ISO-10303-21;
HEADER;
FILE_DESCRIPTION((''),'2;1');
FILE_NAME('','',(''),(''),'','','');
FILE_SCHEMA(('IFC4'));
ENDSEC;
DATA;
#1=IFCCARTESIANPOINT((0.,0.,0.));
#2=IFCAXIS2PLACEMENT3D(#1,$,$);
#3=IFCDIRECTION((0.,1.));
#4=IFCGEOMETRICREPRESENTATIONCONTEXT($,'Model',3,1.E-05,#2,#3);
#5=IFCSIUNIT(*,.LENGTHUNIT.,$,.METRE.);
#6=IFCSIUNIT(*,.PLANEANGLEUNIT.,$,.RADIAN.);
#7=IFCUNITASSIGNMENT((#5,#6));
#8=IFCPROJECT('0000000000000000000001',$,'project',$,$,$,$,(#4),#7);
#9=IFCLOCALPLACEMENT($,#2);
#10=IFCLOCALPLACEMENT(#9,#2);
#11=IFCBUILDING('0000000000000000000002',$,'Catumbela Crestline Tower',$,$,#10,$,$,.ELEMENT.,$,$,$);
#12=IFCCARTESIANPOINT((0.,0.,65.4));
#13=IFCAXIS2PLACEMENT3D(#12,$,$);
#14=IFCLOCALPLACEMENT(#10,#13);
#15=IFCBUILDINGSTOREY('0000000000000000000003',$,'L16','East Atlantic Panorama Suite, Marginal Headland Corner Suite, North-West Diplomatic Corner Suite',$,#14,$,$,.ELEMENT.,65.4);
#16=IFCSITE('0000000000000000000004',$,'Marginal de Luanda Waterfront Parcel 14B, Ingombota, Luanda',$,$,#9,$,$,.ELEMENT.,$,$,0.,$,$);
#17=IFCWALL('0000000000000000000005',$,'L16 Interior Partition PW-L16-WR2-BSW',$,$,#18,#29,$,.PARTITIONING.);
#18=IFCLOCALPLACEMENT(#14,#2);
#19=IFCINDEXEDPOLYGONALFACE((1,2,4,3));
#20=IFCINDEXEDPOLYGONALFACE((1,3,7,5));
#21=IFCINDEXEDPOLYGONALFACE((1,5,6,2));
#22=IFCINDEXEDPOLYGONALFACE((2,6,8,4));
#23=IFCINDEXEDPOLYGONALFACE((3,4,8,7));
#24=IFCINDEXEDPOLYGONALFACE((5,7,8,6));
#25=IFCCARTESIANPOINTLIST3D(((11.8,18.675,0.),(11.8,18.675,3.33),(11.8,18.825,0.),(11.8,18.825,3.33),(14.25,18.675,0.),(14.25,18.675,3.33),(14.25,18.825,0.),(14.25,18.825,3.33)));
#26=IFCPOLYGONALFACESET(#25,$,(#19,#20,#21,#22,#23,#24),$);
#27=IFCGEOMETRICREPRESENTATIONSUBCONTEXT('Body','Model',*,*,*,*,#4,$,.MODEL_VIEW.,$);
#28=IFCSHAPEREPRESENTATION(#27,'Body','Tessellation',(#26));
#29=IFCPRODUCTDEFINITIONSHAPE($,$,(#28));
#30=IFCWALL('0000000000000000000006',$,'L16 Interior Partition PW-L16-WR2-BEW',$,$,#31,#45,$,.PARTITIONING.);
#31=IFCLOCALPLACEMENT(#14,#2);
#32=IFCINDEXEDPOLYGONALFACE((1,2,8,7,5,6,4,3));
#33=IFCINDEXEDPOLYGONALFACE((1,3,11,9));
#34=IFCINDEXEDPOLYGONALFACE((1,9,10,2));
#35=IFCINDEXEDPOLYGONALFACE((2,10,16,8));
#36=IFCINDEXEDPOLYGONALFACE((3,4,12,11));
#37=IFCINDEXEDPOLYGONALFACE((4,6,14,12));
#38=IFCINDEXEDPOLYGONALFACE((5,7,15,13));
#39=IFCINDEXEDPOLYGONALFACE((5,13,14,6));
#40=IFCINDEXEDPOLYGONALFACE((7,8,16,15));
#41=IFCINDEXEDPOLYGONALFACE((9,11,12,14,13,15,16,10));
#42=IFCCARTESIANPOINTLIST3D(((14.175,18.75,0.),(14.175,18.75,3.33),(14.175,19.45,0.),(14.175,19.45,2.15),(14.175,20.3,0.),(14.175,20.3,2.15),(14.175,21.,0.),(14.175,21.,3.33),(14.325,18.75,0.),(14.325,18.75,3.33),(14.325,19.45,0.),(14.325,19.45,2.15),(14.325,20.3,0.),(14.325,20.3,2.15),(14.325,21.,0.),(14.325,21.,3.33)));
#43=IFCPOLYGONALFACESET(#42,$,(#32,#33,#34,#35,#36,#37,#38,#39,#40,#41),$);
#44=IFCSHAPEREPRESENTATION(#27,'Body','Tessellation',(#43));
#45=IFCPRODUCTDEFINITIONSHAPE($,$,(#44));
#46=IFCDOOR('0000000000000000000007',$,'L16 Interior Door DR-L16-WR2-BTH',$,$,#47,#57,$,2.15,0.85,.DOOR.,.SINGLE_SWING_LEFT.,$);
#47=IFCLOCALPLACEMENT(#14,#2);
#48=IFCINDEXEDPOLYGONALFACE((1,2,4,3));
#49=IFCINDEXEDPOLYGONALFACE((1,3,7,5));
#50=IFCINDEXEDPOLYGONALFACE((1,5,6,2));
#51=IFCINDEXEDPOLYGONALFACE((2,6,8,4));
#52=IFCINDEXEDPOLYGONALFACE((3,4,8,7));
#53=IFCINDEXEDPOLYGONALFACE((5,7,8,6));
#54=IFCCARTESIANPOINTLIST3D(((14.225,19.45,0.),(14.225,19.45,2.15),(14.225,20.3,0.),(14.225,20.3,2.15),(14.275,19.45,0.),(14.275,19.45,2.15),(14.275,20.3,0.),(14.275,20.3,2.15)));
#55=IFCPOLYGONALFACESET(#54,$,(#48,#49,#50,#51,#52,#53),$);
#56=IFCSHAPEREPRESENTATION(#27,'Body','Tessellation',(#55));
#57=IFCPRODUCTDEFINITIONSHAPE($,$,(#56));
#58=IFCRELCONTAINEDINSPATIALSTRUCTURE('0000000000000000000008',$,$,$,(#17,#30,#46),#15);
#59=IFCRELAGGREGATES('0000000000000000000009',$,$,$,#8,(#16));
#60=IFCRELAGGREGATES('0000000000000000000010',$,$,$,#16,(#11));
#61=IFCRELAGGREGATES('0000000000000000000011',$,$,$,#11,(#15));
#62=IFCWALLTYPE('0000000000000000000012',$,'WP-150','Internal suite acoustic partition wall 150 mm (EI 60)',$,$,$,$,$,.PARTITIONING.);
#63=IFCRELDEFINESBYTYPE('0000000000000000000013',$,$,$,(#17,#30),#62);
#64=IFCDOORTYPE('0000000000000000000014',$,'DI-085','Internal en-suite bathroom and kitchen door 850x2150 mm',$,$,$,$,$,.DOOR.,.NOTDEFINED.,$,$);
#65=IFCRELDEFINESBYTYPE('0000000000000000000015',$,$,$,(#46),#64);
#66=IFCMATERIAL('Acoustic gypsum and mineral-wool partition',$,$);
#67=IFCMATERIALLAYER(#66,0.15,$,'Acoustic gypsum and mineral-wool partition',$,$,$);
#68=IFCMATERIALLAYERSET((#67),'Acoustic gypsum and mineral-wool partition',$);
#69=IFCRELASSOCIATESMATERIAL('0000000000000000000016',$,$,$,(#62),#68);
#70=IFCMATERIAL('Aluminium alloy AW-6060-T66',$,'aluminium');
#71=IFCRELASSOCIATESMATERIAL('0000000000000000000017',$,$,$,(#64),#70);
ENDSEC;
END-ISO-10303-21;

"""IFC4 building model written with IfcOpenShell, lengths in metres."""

from ifc_helpers import new_model, si_unit, direction, frame, frame_2d, origin, place, context, subcontext, project, spatial, rectangle, extrude, material, layer, layer_set, type_object, element, fill, save


model = new_model("IFC4")

# Units and contexts
model_context = context("Model", 3, precision=1e-05, world=origin(), true_north=direction((0.0, 1.0)))
body_context = subcontext(model_context, "Body", "Model", "MODEL_VIEW")
ifc_project = project(units=[si_unit("LENGTHUNIT", "METRE"), si_unit("PLANEANGLEUNIT", "RADIAN")], contexts=[model_context])

# Site, building, storey
site_placement = place(None, origin())
site = spatial("IfcSite", under=ifc_project, at=site_placement, Name="Marginal de Luanda Waterfront Parcel 14B, Ingombota, Luanda", CompositionType="ELEMENT", RefElevation=0.0)
building_placement = place(site_placement, origin())
building = spatial("IfcBuilding", under=site, at=building_placement, Name="Catumbela Crestline Tower", CompositionType="ELEMENT")
storey_placement = place(building_placement, frame((0.0, 0.0, 65.4)))
storey = spatial("IfcBuildingStorey", under=building, at=storey_placement, Name="L16", Description="East Atlantic Panorama Suite, Marginal Headland Corner Suite, North-West Diplomatic Corner Suite", CompositionType="ELEMENT", Elevation=65.4)

# Shared definitions
ifc_material_1 = material(Name="Acoustic gypsum and mineral-wool partition")
ifc_layer = layer(ifc_material_1, 0.15, Name="Acoustic gypsum and mineral-wool partition")
ifc_layer_set = layer_set([ifc_layer], Name="Acoustic gypsum and mineral-wool partition")
wall_type = type_object("IfcWallType", Name="WP-150", Description="Internal suite acoustic partition wall 150 mm (EI 60)", PredefinedType="PARTITIONING", material=ifc_layer_set)

# Shared definitions
ifc_material_2 = material(Name="Aluminium alloy AW-6060-T66", Category="aluminium")
door_type = type_object("IfcDoorType", Name="DI-085", Description="Internal en-suite bathroom and kitchen door 850x2150 mm", OperationType="NOTDEFINED", PredefinedType="DOOR", material=ifc_material_2)

# Wall
wall_1_placement = place(storey_placement, frame((11.8, 18.75, 0.0), z_axis=(0.0, 0.0, 1.0), x_axis=(1.0, 0.0, 0.0)))
element("IfcWall", 1, at=wall_1_placement, inside=storey, type_object=wall_type, Name="L16 Interior Partition PW-L16-WR2-BSW", PredefinedType="PARTITIONING", context=body_context, shape_type="SweptSolid", body=[
    extrude(rectangle(XDim=2.45, YDim=0.15, at=frame_2d((1.225, 0.0))), origin(), (0.0, 0.0, 1.0), 3.33),
])

# Wall, opening, door
wall_2_placement = place(storey_placement, frame((14.25, 18.75, 0.0), z_axis=(0.0, 0.0, 1.0), x_axis=(0.0, 1.0, 0.0)))
wall_2 = element("IfcWall", 2, at=wall_2_placement, inside=storey, type_object=wall_type, Name="L16 Interior Partition PW-L16-WR2-BEW", PredefinedType="PARTITIONING", context=body_context, shape_type="SweptSolid", body=[
    extrude(rectangle(XDim=2.25, YDim=0.15, at=frame_2d((1.125, 0.0))), origin(), (0.0, 0.0, 1.0), 3.33),
])
opening_1_placement = place(wall_2_placement, frame((0.7, 0.0, 0.0)))
opening_1 = element("IfcOpeningElement", 3, at=opening_1_placement, cuts=wall_2, PredefinedType="OPENING", context=body_context, shape_type="SweptSolid", body=[
    extrude(rectangle(XDim=0.85, YDim=2.15, at=frame_2d((0.425, 1.075))), frame((0.0, 0.085, 0.0), z_axis=(0.0, -1.0, 0.0), x_axis=(1.0, 0.0, 0.0)), (0.0, 0.0, 1.0), 0.17),
])
door_1_placement = place(opening_1_placement, origin())
door_1 = element("IfcDoor", 4, at=door_1_placement, inside=storey, type_object=door_type, Name="L16 Interior Door DR-L16-WR2-BTH", OperationType="SINGLE_SWING_LEFT", OverallHeight=2.15, OverallWidth=0.85, PredefinedType="DOOR", context=body_context, shape_type="SweptSolid", body=[
    extrude(rectangle(XDim=0.85, YDim=2.15, at=frame_2d((0.425, 1.075))), frame((0.0, 0.025, 0.0), z_axis=(0.0, -1.0, 0.0), x_axis=(1.0, 0.0, 0.0)), (0.0, 0.0, 1.0), 0.05),
])
fill(opening_1, door_1)

save(model, "model.ifc")
